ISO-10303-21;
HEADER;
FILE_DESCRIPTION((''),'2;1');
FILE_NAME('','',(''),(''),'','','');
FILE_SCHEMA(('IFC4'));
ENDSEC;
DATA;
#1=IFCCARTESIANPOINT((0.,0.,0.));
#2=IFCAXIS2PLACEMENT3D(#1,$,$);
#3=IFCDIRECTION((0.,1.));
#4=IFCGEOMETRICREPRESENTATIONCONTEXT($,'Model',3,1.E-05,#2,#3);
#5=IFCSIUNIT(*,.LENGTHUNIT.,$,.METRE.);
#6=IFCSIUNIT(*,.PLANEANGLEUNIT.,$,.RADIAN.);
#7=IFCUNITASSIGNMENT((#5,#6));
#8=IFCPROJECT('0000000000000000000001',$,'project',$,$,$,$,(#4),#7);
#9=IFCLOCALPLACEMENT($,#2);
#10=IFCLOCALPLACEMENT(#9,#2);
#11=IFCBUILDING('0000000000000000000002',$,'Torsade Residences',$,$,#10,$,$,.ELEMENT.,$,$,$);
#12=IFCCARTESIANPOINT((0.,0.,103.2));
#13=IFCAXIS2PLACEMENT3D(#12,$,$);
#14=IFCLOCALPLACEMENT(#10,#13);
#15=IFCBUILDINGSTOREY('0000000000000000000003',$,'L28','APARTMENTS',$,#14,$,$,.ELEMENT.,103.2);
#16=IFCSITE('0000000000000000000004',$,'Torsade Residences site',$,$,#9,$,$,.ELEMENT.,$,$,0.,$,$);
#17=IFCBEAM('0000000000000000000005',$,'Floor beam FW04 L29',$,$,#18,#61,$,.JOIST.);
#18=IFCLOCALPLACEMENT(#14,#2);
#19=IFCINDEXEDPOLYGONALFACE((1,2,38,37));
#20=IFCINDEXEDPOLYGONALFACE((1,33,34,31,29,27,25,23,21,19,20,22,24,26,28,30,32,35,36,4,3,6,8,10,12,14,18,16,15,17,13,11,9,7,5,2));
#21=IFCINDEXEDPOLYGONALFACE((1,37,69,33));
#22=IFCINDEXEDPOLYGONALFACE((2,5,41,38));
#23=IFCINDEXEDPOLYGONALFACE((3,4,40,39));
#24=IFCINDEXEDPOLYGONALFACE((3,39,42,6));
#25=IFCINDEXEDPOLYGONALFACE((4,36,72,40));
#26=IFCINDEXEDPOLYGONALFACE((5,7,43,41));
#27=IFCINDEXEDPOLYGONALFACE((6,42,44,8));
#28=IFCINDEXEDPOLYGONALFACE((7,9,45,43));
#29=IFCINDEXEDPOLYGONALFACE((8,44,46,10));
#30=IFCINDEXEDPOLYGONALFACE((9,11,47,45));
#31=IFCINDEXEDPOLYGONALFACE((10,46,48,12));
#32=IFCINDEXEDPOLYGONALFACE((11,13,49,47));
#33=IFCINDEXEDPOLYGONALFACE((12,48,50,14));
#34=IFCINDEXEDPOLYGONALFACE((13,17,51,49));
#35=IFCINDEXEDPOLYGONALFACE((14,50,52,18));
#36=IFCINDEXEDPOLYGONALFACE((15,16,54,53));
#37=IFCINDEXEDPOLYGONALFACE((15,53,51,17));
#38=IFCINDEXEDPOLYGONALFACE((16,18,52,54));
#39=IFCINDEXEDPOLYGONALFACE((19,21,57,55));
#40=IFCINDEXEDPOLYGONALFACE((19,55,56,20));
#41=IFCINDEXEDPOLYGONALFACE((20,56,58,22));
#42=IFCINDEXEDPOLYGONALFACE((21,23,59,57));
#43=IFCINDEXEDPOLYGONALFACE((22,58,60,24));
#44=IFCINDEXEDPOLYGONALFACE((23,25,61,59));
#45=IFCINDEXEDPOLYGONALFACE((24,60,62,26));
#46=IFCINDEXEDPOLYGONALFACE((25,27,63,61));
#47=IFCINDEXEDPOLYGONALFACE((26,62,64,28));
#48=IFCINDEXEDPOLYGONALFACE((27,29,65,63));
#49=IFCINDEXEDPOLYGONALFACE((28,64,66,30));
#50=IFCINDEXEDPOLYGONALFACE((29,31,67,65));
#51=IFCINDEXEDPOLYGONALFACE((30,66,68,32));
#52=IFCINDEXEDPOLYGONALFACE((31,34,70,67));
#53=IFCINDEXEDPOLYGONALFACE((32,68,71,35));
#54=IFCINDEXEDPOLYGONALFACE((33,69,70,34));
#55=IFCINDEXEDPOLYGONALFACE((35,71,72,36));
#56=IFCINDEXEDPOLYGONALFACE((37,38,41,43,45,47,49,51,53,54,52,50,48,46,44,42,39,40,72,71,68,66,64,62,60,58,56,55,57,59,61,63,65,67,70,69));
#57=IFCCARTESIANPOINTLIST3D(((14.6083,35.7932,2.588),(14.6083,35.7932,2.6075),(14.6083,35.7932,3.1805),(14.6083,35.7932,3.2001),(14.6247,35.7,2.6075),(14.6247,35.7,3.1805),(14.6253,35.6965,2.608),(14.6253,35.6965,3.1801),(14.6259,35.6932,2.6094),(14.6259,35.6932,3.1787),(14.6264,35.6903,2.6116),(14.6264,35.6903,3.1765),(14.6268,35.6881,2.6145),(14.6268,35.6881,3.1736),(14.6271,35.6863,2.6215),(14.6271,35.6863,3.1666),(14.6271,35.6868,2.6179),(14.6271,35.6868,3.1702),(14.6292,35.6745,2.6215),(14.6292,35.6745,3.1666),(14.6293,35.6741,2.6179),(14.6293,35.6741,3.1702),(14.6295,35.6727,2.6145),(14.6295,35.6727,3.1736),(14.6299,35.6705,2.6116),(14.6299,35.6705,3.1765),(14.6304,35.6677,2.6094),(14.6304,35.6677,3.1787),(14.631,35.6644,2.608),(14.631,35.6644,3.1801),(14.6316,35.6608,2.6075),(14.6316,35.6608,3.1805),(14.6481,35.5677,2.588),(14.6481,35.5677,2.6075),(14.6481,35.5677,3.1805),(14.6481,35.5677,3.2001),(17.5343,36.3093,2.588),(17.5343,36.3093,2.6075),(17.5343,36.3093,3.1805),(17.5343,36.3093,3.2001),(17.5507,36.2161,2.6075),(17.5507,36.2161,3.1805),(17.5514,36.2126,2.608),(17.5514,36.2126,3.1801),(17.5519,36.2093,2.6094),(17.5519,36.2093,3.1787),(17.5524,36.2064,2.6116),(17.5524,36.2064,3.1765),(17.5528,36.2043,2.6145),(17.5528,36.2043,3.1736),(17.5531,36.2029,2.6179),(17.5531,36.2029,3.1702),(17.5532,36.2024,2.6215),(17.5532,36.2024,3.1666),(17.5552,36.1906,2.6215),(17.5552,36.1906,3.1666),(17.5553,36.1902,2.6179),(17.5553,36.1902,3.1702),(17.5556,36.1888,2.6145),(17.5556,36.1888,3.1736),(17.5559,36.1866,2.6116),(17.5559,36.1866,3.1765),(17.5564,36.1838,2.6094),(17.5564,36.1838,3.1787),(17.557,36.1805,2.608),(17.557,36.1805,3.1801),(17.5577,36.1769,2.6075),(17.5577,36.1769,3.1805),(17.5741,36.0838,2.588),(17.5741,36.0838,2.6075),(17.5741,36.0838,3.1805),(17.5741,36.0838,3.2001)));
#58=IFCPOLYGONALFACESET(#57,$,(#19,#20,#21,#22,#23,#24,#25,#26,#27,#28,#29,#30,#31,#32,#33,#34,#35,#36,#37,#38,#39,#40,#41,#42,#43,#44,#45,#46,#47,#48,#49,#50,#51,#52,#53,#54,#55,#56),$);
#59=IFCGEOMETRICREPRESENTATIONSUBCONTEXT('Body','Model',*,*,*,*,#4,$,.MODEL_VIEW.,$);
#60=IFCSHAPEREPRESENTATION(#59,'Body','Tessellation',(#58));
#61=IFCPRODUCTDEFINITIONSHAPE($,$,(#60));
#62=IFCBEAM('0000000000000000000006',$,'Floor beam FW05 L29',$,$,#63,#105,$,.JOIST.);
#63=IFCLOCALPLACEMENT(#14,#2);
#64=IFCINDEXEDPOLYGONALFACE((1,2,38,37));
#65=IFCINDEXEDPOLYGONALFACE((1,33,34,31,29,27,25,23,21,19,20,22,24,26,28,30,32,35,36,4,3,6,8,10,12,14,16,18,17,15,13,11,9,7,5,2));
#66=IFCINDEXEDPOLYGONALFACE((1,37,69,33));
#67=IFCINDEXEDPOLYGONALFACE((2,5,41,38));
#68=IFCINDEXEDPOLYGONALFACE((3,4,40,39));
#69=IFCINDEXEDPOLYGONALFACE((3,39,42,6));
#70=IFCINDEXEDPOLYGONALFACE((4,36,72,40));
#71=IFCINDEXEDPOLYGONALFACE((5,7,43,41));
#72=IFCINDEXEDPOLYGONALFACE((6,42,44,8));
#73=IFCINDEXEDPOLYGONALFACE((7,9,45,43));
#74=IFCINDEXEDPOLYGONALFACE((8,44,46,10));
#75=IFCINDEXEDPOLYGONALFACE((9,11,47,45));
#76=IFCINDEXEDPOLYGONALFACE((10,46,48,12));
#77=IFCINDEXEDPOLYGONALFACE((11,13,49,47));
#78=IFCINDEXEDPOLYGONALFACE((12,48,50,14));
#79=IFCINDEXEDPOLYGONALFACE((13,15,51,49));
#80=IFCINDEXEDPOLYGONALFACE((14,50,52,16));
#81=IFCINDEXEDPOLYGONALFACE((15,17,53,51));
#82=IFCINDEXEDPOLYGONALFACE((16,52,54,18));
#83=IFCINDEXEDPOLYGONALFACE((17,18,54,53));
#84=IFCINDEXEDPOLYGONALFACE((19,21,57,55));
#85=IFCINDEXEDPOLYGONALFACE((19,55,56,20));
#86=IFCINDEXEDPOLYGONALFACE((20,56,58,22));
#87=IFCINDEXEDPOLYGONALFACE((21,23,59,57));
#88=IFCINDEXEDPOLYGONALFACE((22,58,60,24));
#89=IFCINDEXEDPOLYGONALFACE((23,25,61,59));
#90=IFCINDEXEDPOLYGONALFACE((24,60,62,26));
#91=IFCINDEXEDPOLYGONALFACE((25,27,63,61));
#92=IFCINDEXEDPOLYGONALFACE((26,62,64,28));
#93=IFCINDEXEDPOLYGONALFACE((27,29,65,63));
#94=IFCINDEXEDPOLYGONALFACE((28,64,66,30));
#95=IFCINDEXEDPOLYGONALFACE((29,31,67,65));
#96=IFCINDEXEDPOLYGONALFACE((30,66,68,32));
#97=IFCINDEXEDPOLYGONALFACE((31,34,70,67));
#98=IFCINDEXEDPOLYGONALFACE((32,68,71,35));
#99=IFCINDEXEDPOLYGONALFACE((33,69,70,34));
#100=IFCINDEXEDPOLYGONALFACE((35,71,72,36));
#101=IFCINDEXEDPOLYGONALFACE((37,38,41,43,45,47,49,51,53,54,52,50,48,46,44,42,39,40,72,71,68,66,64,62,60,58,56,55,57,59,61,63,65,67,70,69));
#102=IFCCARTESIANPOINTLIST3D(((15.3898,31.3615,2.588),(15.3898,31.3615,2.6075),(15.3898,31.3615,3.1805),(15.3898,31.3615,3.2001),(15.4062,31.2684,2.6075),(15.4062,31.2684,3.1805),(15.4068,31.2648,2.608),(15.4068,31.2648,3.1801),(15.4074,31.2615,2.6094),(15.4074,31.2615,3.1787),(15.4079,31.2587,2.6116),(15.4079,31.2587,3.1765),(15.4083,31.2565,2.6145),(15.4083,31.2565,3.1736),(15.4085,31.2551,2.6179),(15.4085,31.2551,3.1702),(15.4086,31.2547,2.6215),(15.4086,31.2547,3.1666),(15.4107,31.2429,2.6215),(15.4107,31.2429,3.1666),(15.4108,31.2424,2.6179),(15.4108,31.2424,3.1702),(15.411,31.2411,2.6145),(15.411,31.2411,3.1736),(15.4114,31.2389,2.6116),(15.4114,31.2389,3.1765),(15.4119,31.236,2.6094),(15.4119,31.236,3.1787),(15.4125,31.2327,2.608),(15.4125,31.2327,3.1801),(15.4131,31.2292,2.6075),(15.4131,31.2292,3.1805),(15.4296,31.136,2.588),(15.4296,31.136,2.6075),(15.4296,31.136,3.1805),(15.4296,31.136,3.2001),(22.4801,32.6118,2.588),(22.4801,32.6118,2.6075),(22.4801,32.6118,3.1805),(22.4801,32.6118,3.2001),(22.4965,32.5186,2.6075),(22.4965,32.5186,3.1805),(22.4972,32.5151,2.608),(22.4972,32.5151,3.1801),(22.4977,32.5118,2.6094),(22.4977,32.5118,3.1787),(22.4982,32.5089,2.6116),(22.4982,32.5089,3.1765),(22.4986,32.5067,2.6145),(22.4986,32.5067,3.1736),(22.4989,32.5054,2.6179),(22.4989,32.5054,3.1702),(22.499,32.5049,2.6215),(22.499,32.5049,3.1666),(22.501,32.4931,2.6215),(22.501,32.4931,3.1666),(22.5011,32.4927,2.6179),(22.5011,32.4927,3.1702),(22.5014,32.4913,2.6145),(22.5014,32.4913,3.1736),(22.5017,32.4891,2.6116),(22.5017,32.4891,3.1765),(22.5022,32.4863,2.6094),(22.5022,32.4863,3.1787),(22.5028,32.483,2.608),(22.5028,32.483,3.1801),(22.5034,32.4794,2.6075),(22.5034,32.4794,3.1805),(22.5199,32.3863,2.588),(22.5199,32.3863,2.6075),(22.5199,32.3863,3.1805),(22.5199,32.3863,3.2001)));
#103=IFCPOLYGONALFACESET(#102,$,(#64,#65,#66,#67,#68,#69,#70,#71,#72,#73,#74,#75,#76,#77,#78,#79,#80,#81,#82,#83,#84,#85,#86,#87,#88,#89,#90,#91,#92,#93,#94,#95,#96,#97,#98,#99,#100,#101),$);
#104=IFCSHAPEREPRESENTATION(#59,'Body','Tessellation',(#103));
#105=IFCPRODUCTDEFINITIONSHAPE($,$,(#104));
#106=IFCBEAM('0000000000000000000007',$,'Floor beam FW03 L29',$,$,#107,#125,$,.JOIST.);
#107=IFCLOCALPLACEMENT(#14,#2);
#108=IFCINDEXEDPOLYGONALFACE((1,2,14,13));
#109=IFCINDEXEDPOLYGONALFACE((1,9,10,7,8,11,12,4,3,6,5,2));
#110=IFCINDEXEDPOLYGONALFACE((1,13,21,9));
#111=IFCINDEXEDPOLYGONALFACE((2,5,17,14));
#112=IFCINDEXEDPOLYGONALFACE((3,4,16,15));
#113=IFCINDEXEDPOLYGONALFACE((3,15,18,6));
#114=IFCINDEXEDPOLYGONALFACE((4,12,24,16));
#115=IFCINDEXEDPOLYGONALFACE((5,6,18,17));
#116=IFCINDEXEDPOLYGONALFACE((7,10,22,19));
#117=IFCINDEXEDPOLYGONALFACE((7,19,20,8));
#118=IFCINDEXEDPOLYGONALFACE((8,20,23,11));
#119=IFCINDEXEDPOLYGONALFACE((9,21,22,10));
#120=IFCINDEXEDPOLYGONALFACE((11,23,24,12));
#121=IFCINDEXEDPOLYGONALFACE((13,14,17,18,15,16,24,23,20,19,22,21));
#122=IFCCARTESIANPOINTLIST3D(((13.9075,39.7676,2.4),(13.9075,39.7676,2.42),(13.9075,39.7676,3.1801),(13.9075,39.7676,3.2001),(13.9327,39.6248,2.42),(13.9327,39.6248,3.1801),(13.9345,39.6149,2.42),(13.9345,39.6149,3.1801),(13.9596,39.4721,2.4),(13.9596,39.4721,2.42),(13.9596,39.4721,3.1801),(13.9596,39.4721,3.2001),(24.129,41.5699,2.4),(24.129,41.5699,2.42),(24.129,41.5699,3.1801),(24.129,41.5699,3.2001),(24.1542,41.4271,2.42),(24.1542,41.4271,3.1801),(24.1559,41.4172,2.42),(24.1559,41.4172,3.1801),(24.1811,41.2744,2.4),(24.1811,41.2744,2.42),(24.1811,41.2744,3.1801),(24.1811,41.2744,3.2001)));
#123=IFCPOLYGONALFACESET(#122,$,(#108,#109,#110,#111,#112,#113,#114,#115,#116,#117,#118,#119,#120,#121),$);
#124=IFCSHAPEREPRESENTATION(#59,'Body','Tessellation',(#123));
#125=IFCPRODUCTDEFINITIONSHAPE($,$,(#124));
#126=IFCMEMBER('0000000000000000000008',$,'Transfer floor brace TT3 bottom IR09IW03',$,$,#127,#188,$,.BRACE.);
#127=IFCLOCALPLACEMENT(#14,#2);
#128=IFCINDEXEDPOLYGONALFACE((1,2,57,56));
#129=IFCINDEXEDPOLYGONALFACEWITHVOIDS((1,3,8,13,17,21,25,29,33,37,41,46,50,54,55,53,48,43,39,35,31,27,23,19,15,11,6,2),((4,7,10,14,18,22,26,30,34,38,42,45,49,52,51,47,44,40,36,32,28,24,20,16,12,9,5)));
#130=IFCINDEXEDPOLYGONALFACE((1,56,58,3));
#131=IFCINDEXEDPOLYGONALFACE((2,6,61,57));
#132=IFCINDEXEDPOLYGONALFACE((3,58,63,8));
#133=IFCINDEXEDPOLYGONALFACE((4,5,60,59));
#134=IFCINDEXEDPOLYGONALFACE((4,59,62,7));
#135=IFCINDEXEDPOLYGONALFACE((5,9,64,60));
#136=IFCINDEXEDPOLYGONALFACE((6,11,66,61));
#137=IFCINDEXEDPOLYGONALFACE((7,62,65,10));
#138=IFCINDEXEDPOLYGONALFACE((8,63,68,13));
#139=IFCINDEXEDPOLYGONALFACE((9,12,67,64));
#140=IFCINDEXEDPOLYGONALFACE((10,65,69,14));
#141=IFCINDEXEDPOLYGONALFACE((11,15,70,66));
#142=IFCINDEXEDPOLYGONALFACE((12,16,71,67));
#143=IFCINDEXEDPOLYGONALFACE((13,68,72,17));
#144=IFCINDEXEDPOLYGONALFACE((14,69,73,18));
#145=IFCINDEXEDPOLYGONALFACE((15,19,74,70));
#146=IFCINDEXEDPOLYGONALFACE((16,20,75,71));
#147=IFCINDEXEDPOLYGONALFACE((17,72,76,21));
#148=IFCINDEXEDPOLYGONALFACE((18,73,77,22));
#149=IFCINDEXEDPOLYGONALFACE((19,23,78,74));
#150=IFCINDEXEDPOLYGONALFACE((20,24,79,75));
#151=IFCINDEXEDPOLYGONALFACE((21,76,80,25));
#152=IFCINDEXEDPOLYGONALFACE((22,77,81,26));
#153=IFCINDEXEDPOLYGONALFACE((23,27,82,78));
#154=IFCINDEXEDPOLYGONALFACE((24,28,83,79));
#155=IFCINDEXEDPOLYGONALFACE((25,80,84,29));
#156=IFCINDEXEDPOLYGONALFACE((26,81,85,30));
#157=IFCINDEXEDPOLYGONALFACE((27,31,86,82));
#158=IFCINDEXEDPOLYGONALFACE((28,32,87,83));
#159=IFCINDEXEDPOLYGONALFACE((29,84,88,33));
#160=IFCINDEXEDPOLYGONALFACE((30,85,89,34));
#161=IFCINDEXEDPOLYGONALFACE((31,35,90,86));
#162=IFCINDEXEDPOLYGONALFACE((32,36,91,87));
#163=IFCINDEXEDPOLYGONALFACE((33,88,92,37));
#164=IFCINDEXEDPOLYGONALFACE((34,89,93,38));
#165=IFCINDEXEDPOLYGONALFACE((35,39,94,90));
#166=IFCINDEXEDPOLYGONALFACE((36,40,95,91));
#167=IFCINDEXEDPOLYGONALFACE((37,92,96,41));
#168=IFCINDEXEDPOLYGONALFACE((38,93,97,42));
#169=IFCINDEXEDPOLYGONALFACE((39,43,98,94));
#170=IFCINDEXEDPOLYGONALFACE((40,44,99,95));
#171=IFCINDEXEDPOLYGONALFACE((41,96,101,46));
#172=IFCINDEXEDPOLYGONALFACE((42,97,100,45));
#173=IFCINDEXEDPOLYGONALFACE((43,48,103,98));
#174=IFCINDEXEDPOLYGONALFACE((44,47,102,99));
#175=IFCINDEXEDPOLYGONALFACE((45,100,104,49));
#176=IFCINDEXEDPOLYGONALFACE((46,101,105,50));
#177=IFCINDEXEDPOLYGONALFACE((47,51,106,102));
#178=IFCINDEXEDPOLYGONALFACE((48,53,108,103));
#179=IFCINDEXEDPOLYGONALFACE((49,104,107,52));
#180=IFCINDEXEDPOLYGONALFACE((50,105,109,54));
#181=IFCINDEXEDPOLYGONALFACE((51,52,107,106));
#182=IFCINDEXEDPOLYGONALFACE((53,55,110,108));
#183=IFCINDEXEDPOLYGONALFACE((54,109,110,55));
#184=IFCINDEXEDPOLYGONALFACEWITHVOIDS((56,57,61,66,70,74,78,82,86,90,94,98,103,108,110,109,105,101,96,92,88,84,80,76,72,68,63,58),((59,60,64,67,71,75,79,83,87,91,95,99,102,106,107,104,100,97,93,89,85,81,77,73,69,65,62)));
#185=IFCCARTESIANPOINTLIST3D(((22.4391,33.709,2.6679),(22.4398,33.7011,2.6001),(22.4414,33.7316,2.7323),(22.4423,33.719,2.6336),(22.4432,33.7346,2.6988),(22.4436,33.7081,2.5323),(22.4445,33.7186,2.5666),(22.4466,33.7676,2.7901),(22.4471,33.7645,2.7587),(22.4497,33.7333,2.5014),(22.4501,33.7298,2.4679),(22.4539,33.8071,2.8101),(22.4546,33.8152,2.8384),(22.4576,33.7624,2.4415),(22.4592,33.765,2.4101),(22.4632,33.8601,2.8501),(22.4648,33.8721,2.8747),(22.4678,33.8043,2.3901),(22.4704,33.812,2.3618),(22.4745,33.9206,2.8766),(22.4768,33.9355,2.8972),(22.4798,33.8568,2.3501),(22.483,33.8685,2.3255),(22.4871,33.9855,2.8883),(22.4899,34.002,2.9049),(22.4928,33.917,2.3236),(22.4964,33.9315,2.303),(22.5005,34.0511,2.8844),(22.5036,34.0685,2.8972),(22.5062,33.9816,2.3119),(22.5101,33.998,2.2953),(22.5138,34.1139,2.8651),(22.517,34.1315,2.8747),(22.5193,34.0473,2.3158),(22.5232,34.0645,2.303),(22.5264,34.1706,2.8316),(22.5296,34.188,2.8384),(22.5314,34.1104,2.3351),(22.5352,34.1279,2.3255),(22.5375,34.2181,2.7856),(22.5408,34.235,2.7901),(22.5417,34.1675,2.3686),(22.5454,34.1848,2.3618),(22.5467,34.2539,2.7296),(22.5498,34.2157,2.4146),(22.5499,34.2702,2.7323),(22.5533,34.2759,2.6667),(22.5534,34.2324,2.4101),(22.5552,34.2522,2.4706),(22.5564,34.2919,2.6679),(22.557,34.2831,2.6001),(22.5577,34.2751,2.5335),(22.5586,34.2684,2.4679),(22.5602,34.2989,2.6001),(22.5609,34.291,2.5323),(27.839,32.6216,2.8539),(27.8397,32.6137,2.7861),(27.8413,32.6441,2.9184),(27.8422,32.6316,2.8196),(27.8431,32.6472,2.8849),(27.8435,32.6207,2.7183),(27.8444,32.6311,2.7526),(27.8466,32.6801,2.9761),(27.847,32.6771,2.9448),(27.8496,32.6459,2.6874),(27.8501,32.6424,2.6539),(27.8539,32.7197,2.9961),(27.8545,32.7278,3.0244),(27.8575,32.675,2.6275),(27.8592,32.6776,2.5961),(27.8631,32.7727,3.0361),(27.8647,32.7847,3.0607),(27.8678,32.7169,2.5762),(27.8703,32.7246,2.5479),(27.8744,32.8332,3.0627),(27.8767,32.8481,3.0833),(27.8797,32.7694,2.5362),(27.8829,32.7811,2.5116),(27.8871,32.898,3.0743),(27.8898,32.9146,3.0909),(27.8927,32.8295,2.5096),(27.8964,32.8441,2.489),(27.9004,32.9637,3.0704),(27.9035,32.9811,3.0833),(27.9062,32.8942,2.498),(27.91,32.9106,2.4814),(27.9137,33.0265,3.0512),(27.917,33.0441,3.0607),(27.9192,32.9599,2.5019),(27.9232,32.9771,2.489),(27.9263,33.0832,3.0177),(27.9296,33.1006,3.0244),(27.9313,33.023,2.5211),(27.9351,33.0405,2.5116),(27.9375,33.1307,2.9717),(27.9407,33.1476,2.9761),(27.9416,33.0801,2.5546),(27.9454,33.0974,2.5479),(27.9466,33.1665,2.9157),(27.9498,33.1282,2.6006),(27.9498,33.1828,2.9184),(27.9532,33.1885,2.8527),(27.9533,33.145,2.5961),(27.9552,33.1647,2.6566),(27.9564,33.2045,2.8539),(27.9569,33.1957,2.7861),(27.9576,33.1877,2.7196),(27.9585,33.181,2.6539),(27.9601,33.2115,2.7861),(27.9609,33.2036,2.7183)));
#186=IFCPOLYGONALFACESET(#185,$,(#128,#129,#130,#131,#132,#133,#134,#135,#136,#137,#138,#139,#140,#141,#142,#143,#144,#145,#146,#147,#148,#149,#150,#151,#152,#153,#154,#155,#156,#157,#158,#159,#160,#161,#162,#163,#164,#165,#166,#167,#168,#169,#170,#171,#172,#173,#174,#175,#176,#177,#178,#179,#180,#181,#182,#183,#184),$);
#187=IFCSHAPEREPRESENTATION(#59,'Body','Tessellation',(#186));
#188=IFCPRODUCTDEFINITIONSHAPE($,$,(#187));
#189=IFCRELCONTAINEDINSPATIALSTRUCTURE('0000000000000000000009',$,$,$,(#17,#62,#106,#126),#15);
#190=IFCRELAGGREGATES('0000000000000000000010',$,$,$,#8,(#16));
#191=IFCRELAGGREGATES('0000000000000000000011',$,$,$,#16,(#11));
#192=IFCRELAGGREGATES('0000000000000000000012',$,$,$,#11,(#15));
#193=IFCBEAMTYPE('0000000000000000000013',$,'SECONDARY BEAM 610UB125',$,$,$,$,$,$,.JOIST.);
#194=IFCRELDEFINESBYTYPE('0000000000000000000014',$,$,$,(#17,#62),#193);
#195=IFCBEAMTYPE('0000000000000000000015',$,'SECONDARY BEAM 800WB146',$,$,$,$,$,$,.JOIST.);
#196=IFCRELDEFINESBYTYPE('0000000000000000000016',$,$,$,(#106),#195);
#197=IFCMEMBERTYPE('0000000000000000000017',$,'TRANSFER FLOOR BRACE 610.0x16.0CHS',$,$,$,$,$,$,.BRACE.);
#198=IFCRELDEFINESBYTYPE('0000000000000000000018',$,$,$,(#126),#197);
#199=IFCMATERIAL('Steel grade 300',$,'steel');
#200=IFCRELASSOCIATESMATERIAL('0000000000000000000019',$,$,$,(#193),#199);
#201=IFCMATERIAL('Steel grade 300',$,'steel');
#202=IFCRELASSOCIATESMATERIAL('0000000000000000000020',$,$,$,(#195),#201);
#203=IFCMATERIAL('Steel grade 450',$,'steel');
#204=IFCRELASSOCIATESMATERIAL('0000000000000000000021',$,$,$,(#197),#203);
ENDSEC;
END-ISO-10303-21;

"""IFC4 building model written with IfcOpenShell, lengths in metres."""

from ifc_helpers import new_model, si_unit, direction, frame, origin, origin_2d, place, context, subcontext, project, spatial, hollow_circle, i_section, extrude, material, material_profile, profile_set, type_object, element, save


model = new_model("IFC4")

# Units and contexts
model_context = context("Model", 3, precision=1e-05, world=origin(), true_north=direction((0.0, 1.0)))
body_context = subcontext(model_context, "Body", "Model", "MODEL_VIEW")
ifc_project = project(units=[si_unit("LENGTHUNIT", "METRE"), si_unit("PLANEANGLEUNIT", "RADIAN")], contexts=[model_context])

# Site, building, storey
site_placement = place(None, origin())
site = spatial("IfcSite", under=ifc_project, at=site_placement, Name="Torsade Residences site", CompositionType="ELEMENT", RefElevation=0.0)
building_placement = place(site_placement, origin())
building = spatial("IfcBuilding", under=site, at=building_placement, Name="Torsade Residences", CompositionType="ELEMENT")
storey_placement = place(building_placement, frame((0.0, 0.0, 103.2)))
storey = spatial("IfcBuildingStorey", under=building, at=storey_placement, Name="L28", Description="APARTMENTS", CompositionType="ELEMENT", Elevation=103.2)

# Beams
ifc_material_1 = material(Name="Steel grade 300", Category="steel")
ifc_material_profile_1 = material_profile(ifc_material_1, i_section(OverallWidth=0.229, OverallDepth=0.6121, WebThickness=0.012, FlangeThickness=0.0195, FilletRadius=0.0139, at=origin_2d()), Name="610UB125")
ifc_profile_set_1 = profile_set([ifc_material_profile_1], Name="Steel grade 300")
beam_type_1 = type_object("IfcBeamType", Name="SECONDARY BEAM 610UB125", PredefinedType="JOIST", material=ifc_profile_set_1)
beam_1_placement = place(storey_placement, frame((14.6282, 35.6804, 2.894), z_axis=(0.984798, 0.173706, 0.0), x_axis=(-0.173706, 0.984798, 0.0)))
element("IfcBeam", 1, at=beam_1_placement, inside=storey, type_object=beam_type_1, Name="Floor beam FW04 L29", PredefinedType="JOIST", context=body_context, shape_type="SweptSolid", body=[
    extrude(i_section(OverallWidth=0.229, OverallDepth=0.6121, WebThickness=0.012, FlangeThickness=0.0195, FilletRadius=0.0139, at=origin_2d()), origin(), (0.0, 0.0, 1.0), 2.9712),
])
beam_2_placement = place(storey_placement, frame((15.4097, 31.2488, 2.894), z_axis=(0.984807, 0.173652, 0.0), x_axis=(-0.173652, 0.984807, 0.0)))
element("IfcBeam", 2, at=beam_2_placement, inside=storey, type_object=beam_type_1, Name="Floor beam FW05 L29", PredefinedType="JOIST", context=body_context, shape_type="SweptSolid", body=[
    extrude(i_section(OverallWidth=0.229, OverallDepth=0.6121, WebThickness=0.012, FlangeThickness=0.0195, FilletRadius=0.0139, at=origin_2d()), origin(), (0.0, 0.0, 1.0), 7.1997),
])
ifc_material_2 = material(Name="Steel grade 300", Category="steel")
ifc_material_profile_2 = material_profile(ifc_material_2, i_section(OverallWidth=0.3, OverallDepth=0.8, WebThickness=0.01, FlangeThickness=0.02, at=origin_2d()), Name="800WB146")
ifc_profile_set_2 = profile_set([ifc_material_profile_2], Name="Steel grade 300")
beam_type_2 = type_object("IfcBeamType", Name="SECONDARY BEAM 800WB146", PredefinedType="JOIST", material=ifc_profile_set_2)
beam_3_placement = place(storey_placement, frame((13.9336, 39.6199, 2.8), z_axis=(0.984809, 0.173642, 0.0), x_axis=(-0.173642, 0.984809, 0.0)))
element("IfcBeam", 3, at=beam_3_placement, inside=storey, type_object=beam_type_2, Name="Floor beam FW03 L29", PredefinedType="JOIST", context=body_context, shape_type="SweptSolid", body=[
    extrude(i_section(OverallWidth=0.3, OverallDepth=0.8, WebThickness=0.01, FlangeThickness=0.02, at=origin_2d()), origin(), (0.0, 0.0, 1.0), 10.3792),
])

# Member
ifc_material_3 = material(Name="Steel grade 450", Category="steel")
ifc_material_profile_3 = material_profile(ifc_material_3, hollow_circle(Radius=0.3049, WallThickness=0.0161, at=origin_2d()), Name="610.0x16.0CHS")
ifc_profile_set_3 = profile_set([ifc_material_profile_3], Name="Steel grade 450")
member_type_1 = type_object("IfcMemberType", Name="TRANSFER FLOOR BRACE 610.0x16.0CHS", PredefinedType="BRACE", material=ifc_profile_set_3)
member_1_placement = place(storey_placement, frame((22.5, 34.0, 2.6001), z_axis=(0.979762, -0.197299, 0.033754), x_axis=(0.197412, 0.980321, 0.0)))
element("IfcMember", 4, at=member_1_placement, inside=storey, type_object=member_type_1, Name="Transfer floor brace TT3 bottom IR09IW03", PredefinedType="BRACE", context=body_context, shape_type="SweptSolid", body=[
    extrude(hollow_circle(Radius=0.3049, WallThickness=0.0161, at=origin_2d()), origin(), (0.0, 0.0, 1.0), 5.5115),
])

save(model, "model.ifc")
